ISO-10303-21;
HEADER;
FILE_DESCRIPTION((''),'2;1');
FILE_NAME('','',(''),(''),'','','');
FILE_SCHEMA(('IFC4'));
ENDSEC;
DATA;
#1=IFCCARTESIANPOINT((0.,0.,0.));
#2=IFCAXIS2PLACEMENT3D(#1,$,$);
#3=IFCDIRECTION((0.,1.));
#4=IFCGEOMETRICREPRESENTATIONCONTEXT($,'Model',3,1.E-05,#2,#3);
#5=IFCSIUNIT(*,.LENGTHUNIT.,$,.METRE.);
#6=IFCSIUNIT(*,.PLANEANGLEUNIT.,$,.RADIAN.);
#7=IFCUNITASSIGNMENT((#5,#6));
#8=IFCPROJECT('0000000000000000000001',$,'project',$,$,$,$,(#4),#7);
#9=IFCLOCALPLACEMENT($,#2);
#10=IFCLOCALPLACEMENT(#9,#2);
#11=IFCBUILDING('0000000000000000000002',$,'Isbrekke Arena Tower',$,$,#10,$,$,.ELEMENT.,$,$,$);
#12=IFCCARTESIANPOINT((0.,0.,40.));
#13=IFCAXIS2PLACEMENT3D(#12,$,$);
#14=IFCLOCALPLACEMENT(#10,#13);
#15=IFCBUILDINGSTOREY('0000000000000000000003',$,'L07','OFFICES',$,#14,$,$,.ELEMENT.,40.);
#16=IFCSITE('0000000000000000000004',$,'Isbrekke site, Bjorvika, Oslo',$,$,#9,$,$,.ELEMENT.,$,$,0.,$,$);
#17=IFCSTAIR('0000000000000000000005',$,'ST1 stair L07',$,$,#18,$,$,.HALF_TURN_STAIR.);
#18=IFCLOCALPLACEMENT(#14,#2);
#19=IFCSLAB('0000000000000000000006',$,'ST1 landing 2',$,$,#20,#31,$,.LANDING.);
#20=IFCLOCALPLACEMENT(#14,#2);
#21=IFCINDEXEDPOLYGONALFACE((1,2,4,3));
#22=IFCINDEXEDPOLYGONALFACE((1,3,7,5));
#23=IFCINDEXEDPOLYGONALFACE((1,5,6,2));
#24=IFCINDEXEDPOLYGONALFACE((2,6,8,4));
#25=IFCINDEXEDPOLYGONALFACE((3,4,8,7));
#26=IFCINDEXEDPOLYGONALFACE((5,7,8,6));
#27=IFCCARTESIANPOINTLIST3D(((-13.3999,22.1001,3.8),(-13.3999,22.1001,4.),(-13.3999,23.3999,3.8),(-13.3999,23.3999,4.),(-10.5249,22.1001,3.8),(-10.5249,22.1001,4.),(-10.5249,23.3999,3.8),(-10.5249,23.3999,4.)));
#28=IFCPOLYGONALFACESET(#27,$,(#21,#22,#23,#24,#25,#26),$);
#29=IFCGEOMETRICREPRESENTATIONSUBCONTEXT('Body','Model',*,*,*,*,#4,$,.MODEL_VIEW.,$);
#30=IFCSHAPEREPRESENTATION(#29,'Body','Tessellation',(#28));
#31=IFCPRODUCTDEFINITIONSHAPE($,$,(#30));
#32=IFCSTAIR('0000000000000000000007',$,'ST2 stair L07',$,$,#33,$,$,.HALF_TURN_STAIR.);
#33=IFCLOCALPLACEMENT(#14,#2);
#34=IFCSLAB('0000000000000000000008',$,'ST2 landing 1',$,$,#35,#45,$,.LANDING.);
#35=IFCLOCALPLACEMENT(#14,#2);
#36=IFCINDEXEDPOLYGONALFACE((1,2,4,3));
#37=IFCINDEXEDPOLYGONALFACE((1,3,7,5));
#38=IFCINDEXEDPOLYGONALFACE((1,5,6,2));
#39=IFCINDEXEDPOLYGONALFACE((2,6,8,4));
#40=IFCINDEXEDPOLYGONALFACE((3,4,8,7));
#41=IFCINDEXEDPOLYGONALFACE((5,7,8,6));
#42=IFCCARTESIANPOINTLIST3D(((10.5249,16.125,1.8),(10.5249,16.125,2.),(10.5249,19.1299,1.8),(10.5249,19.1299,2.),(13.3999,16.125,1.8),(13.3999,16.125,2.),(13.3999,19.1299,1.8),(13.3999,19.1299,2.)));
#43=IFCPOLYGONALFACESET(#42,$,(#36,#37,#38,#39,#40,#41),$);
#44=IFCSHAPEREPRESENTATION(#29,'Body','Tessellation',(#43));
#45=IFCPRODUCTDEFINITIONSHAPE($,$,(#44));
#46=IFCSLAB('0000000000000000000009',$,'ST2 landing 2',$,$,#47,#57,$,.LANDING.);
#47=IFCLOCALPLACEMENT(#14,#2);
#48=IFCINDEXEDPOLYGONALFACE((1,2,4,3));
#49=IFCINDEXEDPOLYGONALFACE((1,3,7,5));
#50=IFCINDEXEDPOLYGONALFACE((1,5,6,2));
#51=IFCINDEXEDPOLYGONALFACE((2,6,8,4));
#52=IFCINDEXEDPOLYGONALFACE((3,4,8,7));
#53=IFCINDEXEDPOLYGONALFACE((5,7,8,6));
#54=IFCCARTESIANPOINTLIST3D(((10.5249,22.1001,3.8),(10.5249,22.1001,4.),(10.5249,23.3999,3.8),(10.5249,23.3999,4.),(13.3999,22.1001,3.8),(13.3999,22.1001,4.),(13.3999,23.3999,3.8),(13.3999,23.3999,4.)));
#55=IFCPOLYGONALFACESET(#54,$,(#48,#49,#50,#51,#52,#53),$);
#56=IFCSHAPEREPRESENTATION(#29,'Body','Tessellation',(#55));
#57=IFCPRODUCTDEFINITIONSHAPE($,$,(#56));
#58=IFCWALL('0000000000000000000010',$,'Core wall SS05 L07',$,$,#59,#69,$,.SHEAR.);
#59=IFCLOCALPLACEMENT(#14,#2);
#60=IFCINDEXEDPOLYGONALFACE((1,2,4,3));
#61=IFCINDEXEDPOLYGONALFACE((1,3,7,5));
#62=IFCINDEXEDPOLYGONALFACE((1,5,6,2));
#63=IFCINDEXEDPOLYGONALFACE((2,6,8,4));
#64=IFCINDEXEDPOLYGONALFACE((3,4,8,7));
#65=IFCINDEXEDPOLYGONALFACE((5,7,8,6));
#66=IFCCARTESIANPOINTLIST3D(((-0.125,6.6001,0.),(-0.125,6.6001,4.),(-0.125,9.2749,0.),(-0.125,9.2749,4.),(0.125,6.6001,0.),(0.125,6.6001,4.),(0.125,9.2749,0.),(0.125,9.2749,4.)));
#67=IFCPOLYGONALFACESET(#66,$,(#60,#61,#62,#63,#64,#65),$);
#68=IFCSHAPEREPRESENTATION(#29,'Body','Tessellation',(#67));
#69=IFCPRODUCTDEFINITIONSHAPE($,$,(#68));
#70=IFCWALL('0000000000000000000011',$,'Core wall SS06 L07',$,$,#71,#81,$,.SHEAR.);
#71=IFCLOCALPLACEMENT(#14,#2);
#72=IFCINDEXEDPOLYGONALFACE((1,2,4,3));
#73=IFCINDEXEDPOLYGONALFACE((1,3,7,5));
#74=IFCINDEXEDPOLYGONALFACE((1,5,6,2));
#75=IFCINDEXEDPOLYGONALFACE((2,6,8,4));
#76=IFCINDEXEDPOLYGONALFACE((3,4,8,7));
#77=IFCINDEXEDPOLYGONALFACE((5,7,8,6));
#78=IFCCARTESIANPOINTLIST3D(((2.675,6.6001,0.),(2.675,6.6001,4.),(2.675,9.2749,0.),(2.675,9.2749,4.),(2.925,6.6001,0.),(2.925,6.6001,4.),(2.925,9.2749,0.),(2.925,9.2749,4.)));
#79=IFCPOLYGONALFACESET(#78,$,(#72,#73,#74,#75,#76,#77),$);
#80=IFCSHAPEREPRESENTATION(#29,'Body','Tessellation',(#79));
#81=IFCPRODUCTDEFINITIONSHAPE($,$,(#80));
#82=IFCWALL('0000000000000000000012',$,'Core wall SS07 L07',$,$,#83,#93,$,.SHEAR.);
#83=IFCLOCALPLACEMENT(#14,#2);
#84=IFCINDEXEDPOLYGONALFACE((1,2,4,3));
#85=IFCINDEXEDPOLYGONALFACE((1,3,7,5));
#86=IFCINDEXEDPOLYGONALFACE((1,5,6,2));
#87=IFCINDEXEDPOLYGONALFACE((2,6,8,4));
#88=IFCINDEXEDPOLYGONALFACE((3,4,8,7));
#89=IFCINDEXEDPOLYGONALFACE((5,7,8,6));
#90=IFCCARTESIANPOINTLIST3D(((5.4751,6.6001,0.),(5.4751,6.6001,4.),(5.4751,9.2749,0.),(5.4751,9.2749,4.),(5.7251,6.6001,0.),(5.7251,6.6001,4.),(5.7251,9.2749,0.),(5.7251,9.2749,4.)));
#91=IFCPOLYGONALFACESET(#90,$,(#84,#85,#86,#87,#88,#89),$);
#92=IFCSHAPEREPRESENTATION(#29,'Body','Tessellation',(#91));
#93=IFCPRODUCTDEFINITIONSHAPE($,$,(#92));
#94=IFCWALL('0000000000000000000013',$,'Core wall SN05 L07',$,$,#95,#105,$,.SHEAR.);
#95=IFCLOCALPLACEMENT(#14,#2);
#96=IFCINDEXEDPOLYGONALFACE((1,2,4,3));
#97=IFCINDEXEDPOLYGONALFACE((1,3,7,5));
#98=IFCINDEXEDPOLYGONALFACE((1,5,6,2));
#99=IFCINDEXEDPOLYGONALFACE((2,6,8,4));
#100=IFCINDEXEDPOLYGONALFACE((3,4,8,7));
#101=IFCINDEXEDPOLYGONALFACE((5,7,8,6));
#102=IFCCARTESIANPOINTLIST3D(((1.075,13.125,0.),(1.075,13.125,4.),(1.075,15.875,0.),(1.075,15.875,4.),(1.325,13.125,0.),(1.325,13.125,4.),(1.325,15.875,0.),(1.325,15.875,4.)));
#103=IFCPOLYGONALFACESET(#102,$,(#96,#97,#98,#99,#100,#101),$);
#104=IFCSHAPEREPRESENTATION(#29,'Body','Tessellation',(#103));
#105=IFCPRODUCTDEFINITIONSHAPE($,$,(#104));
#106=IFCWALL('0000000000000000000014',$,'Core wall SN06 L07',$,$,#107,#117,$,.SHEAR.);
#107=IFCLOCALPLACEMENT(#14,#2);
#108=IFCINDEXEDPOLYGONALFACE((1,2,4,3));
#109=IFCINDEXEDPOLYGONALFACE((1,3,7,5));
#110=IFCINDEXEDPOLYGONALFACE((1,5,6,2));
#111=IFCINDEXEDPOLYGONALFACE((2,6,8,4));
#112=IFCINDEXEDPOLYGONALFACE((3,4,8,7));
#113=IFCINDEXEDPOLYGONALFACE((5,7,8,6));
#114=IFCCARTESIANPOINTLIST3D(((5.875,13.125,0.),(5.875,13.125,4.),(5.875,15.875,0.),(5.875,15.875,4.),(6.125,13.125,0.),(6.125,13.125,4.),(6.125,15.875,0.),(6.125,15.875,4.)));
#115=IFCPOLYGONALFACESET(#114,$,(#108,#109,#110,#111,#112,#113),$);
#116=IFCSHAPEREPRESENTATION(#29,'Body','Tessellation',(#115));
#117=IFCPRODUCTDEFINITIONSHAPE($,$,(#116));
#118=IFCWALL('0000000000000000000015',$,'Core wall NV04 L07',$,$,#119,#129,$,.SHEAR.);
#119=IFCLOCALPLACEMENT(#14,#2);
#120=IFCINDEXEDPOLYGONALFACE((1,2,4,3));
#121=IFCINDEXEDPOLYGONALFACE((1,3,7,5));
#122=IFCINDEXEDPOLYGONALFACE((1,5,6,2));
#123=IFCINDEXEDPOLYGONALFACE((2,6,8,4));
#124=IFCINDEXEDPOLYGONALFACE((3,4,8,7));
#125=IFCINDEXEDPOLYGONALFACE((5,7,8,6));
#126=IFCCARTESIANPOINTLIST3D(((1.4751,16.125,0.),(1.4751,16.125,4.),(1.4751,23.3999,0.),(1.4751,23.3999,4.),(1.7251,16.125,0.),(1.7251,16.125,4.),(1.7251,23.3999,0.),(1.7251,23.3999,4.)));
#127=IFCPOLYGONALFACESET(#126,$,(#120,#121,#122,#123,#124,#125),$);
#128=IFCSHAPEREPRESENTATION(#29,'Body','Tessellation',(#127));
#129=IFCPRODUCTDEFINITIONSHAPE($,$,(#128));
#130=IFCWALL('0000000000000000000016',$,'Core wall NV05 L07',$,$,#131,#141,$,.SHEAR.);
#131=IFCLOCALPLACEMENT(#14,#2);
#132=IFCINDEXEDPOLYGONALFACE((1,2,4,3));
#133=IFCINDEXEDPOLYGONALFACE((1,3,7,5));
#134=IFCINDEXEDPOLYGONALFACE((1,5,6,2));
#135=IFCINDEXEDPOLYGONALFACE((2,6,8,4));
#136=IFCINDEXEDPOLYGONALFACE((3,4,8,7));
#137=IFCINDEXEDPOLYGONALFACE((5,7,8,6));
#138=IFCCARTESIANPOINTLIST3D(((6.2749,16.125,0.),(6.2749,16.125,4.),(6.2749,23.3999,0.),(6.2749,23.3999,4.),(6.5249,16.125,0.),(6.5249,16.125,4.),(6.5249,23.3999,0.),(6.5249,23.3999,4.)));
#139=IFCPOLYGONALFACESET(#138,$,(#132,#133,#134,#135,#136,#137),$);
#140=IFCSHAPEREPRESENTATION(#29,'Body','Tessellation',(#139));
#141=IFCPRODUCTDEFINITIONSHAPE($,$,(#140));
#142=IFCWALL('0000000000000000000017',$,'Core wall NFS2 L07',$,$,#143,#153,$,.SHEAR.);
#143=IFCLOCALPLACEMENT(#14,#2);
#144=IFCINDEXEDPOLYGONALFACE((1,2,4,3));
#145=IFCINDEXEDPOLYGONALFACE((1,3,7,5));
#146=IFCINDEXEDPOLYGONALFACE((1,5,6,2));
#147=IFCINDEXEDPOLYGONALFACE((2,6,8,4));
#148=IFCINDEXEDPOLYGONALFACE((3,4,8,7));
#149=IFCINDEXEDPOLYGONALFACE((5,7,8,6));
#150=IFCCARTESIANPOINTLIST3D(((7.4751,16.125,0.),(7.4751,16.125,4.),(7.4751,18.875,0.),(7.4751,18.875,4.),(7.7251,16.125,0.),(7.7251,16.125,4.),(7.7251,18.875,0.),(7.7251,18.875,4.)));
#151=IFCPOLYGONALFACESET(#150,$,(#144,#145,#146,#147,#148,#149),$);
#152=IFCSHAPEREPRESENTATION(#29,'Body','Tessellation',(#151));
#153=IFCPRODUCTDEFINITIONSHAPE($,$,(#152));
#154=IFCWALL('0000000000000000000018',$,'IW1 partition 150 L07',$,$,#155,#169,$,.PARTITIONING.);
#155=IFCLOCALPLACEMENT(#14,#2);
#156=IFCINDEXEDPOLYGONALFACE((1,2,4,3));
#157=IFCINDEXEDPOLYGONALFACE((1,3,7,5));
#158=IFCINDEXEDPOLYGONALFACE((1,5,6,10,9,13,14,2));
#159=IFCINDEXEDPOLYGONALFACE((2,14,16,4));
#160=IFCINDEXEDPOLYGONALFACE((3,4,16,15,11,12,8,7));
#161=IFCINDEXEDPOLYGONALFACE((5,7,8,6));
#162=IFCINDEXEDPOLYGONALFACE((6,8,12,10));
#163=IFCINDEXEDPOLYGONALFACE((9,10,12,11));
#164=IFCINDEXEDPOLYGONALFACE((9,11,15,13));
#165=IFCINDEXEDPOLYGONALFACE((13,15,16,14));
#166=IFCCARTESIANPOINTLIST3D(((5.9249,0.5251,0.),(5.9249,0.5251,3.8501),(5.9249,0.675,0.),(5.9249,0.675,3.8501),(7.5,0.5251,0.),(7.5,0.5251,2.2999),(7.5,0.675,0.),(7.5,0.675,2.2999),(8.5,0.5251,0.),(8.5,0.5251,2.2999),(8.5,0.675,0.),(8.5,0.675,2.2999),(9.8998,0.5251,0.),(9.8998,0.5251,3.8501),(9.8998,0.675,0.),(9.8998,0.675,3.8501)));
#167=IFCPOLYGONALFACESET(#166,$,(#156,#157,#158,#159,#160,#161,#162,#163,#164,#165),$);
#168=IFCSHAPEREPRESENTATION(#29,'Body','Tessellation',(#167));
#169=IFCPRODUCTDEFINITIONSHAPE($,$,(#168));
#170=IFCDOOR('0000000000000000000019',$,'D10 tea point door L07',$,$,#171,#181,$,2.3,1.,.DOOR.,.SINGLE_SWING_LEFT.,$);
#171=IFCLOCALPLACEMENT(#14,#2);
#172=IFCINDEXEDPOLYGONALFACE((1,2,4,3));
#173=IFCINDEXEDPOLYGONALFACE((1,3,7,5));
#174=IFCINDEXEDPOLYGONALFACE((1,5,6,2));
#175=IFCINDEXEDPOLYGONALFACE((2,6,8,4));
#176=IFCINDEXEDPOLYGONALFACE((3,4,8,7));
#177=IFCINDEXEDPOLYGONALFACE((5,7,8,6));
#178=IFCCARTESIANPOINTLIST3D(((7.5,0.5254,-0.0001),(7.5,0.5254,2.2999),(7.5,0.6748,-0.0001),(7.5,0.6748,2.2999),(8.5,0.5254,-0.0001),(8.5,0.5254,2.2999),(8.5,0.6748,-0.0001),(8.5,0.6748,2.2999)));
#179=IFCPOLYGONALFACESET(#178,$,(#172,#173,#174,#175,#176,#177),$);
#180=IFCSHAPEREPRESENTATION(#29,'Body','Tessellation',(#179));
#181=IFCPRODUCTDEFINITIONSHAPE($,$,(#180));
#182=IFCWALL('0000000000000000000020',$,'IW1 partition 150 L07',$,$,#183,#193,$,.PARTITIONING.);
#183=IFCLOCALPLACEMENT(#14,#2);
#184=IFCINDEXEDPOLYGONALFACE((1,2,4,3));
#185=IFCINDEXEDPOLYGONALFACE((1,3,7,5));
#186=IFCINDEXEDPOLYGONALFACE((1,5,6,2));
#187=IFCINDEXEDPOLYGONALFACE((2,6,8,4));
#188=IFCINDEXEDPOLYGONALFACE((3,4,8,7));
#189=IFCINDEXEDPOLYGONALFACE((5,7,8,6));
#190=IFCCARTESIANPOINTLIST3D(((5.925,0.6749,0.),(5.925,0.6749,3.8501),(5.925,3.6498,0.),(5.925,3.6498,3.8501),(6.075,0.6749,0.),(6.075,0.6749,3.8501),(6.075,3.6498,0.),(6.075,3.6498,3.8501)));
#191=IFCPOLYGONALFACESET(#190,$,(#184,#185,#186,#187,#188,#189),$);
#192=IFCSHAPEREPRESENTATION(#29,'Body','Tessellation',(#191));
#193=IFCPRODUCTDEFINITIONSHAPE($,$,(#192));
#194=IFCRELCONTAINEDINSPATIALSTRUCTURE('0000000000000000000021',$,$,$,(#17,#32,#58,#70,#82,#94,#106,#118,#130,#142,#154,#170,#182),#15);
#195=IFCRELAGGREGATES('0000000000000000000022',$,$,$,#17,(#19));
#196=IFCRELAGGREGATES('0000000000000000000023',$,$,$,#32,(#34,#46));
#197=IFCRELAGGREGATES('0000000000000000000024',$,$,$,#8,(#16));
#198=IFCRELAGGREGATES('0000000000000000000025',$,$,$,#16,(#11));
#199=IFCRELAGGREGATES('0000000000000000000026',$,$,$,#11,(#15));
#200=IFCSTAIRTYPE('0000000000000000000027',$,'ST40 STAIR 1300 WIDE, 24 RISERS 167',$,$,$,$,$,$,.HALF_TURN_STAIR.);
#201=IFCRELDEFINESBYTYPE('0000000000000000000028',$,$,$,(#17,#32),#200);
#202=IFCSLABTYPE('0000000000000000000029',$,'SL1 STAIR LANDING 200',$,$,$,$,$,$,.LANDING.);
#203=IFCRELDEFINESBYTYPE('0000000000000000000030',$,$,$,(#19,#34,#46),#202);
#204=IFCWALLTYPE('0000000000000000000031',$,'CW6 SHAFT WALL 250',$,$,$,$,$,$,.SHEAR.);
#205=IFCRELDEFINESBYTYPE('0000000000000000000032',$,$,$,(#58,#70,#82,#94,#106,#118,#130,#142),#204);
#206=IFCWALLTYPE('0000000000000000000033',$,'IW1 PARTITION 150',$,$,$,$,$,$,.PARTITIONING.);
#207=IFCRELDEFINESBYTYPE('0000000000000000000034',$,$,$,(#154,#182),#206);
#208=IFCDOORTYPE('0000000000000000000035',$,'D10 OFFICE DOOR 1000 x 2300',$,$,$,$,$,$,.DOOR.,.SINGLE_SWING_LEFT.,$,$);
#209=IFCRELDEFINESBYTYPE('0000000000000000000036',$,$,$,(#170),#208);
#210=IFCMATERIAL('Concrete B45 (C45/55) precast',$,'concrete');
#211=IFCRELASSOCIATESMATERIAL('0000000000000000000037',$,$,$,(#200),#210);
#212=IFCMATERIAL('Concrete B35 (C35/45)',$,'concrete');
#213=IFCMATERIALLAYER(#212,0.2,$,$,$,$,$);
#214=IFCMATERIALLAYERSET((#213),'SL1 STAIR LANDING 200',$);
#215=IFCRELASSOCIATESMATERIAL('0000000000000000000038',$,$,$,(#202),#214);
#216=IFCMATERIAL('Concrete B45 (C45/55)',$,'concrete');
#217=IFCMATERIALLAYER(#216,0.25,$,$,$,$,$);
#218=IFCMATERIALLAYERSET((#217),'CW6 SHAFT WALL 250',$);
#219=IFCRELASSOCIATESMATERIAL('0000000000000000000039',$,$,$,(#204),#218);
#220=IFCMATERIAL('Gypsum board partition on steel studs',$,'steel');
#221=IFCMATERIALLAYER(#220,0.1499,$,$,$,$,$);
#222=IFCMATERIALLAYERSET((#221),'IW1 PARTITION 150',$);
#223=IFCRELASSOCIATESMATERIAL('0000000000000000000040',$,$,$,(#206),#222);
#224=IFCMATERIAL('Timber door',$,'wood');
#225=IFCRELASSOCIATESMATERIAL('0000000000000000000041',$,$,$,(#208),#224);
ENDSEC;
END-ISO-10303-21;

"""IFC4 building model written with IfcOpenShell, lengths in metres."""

from ifc_helpers import new_model, si_unit, direction, frame, frame_2d, origin, place, context, subcontext, project, spatial, polyline, rectangle, outline, extrude, material, layer, layer_set, type_object, element, fill, aggregate, save


model = new_model("IFC4")

# Units and contexts
model_context = context("Model", 3, precision=1e-05, world=origin(), true_north=direction((0.0, 1.0)))
body_context = subcontext(model_context, "Body", "Model", "MODEL_VIEW")
ifc_project = project(units=[si_unit("LENGTHUNIT", "METRE"), si_unit("PLANEANGLEUNIT", "RADIAN")], contexts=[model_context])

# Site, building, storey
site_placement = place(None, origin())
site = spatial("IfcSite", under=ifc_project, at=site_placement, Name="Isbrekke site, Bjorvika, Oslo", CompositionType="ELEMENT", RefElevation=0.0)
building_placement = place(site_placement, origin())
building = spatial("IfcBuilding", under=site, at=building_placement, Name="Isbrekke Arena Tower", CompositionType="ELEMENT")
storey_placement = place(building_placement, frame((0.0, 0.0, 40.0)))
storey = spatial("IfcBuildingStorey", under=building, at=storey_placement, Name="L07", Description="OFFICES", CompositionType="ELEMENT", Elevation=40.0)

# Stair, slab
ifc_material_1 = material(Name="Concrete B45 (C45/55) precast", Category="concrete")
stair_type = type_object("IfcStairType", Name="ST40 STAIR 1300 WIDE, 24 RISERS 167", PredefinedType="HALF_TURN_STAIR", material=ifc_material_1)
stair_1_placement = place(storey_placement, origin())
stair_1 = element("IfcStair", 1, at=stair_1_placement, inside=storey, type_object=stair_type, Name="ST1 stair L07", PredefinedType="HALF_TURN_STAIR")
ifc_material_2 = material(Name="Concrete B35 (C35/45)", Category="concrete")
ifc_layer_1 = layer(ifc_material_2, 0.2)
ifc_layer_set_1 = layer_set([ifc_layer_1], Name="SL1 STAIR LANDING 200")
slab_type = type_object("IfcSlabType", Name="SL1 STAIR LANDING 200", PredefinedType="LANDING", material=ifc_layer_set_1)
slab_1_placement = place(storey_placement, frame((0.0, 0.0, 3.8)))
slab_1 = element("IfcSlab", 2, at=slab_1_placement, type_object=slab_type, Name="ST1 landing 2", PredefinedType="LANDING", context=body_context, shape_type="SweptSolid", body=[
    extrude(outline(polyline([(-13.3999, 22.1001), (-10.5249, 22.1001), (-10.5249, 23.3999), (-13.3999, 23.3999), (-13.3999, 22.1001)])), origin(), (0.0, 0.0, 1.0), 0.2),
])
aggregate(stair_1, [slab_1])

# Stair, slabs
stair_2_placement = place(storey_placement, origin())
stair_2 = element("IfcStair", 3, at=stair_2_placement, inside=storey, type_object=stair_type, Name="ST2 stair L07", PredefinedType="HALF_TURN_STAIR")
slab_2_placement = place(storey_placement, frame((0.0, 0.0, 1.8)))
slab_2 = element("IfcSlab", 4, at=slab_2_placement, type_object=slab_type, Name="ST2 landing 1", PredefinedType="LANDING", context=body_context, shape_type="SweptSolid", body=[
    extrude(outline(polyline([(10.5249, 16.125), (13.3999, 16.125), (13.3999, 19.1299), (10.5249, 19.1299), (10.5249, 16.125)])), origin(), (0.0, 0.0, 1.0), 0.2),
])
slab_3_placement = place(storey_placement, frame((0.0, 0.0, 3.8)))
slab_3 = element("IfcSlab", 5, at=slab_3_placement, type_object=slab_type, Name="ST2 landing 2", PredefinedType="LANDING", context=body_context, shape_type="SweptSolid", body=[
    extrude(outline(polyline([(10.5249, 22.1001), (13.3999, 22.1001), (13.3999, 23.3999), (10.5249, 23.3999), (10.5249, 22.1001)])), origin(), (0.0, 0.0, 1.0), 0.2),
])
aggregate(stair_2, [slab_2, slab_3])

# Walls
ifc_material_3 = material(Name="Concrete B45 (C45/55)", Category="concrete")
ifc_layer_2 = layer(ifc_material_3, 0.25)
ifc_layer_set_2 = layer_set([ifc_layer_2], Name="CW6 SHAFT WALL 250")
wall_type_1 = type_object("IfcWallType", Name="CW6 SHAFT WALL 250", PredefinedType="SHEAR", material=ifc_layer_set_2)
for number, where, z_axis, x_axis, name in (
    (6, (0.0, 6.6001, 0.0), (0.0, 0.0, 1.0), (0.0, 1.0, 0.0), "Core wall SS05 L07"),
    (7, (2.8, 6.6001, 0.0), (0.0, 0.0, 1.0), (0.0, 1.0, 0.0), "Core wall SS06 L07"),
    (8, (5.6001, 6.6001, 0.0), (0.0, 0.0, 1.0), (0.0, 1.0, 0.0), "Core wall SS07 L07"),
):
    element("IfcWall", number, at=place(storey_placement, frame(where, z_axis=z_axis, x_axis=x_axis)), inside=storey, type_object=wall_type_1, Name=name, PredefinedType="SHEAR", context=body_context, shape_type="SweptSolid", body=[
        extrude(rectangle(XDim=2.6748, YDim=0.25, at=frame_2d((1.3374, 0.0))), origin(), (0.0, 0.0, 1.0), 4.0),
    ])
for number, where, z_axis, x_axis, name in (
    (9, (1.2, 13.125, 0.0), (0.0, 0.0, 1.0), (0.0, 1.0, 0.0), "Core wall SN05 L07"),
    (10, (6.0, 13.125, 0.0), (0.0, 0.0, 1.0), (0.0, 1.0, 0.0), "Core wall SN06 L07"),
):
    element("IfcWall", number, at=place(storey_placement, frame(where, z_axis=z_axis, x_axis=x_axis)), inside=storey, type_object=wall_type_1, Name=name, PredefinedType="SHEAR", context=body_context, shape_type="SweptSolid", body=[
        extrude(rectangle(XDim=2.75, YDim=0.25, at=frame_2d((1.375, 0.0))), origin(), (0.0, 0.0, 1.0), 4.0),
    ])
for number, where, z_axis, x_axis, name in (
    (11, (1.6001, 16.125, 0.0), (0.0, 0.0, 1.0), (0.0, 1.0, 0.0), "Core wall NV04 L07"),
    (12, (6.3999, 16.125, 0.0), (0.0, 0.0, 1.0), (0.0, 1.0, 0.0), "Core wall NV05 L07"),
):
    element("IfcWall", number, at=place(storey_placement, frame(where, z_axis=z_axis, x_axis=x_axis)), inside=storey, type_object=wall_type_1, Name=name, PredefinedType="SHEAR", context=body_context, shape_type="SweptSolid", body=[
        extrude(rectangle(XDim=7.2749, YDim=0.25, at=frame_2d((3.6375, 0.0))), origin(), (0.0, 0.0, 1.0), 4.0),
    ])
wall_1_placement = place(storey_placement, frame((7.6001, 16.125, 0.0), z_axis=(0.0, 0.0, 1.0), x_axis=(0.0, 1.0, 0.0)))
element("IfcWall", 13, at=wall_1_placement, inside=storey, type_object=wall_type_1, Name="Core wall NFS2 L07", PredefinedType="SHEAR", context=body_context, shape_type="SweptSolid", body=[
    extrude(rectangle(XDim=2.75, YDim=0.25, at=frame_2d((1.375, 0.0))), origin(), (0.0, 0.0, 1.0), 4.0),
])

# Wall, opening, door
ifc_material_4 = material(Name="Gypsum board partition on steel studs", Category="steel")
ifc_layer_3 = layer(ifc_material_4, 0.1499)
ifc_layer_set_3 = layer_set([ifc_layer_3], Name="IW1 PARTITION 150")
wall_type_2 = type_object("IfcWallType", Name="IW1 PARTITION 150", PredefinedType="PARTITIONING", material=ifc_layer_set_3)
wall_2_placement = place(storey_placement, frame((5.925, 0.6001, 0.0), z_axis=(0.0, 0.0, 1.0), x_axis=(1.0, 0.0, 0.0)))
wall_2 = element("IfcWall", 14, at=wall_2_placement, inside=storey, type_object=wall_type_2, Name="IW1 partition 150 L07", PredefinedType="PARTITIONING", context=body_context, shape_type="SweptSolid", body=[
    extrude(rectangle(XDim=3.9749, YDim=0.1499, at=frame_2d((1.9873, 0.0))), origin(), (0.0, 0.0, 1.0), 3.8501),
])
opening_placement = place(wall_2_placement, frame((1.575, 0.0, 0.0)))
opening = element("IfcOpeningElement", 15, at=opening_placement, cuts=wall_2, PredefinedType="OPENING", context=body_context, shape_type="SweptSolid", body=[
    extrude(rectangle(XDim=1.0, YDim=2.3, at=frame_2d((0.5, 1.1499))), frame((0.0, 0.0898, 0.0), z_axis=(0.0, -1.0, 0.0), x_axis=(1.0, 0.0, 0.0)), (0.0, 0.0, 1.0), 0.1797),
])
ifc_material_5 = material(Name="Timber door", Category="wood")
door_type = type_object("IfcDoorType", Name="D10 OFFICE DOOR 1000 x 2300", OperationType="SINGLE_SWING_LEFT", PredefinedType="DOOR", material=ifc_material_5)
door_placement = place(opening_placement, origin())
door = element("IfcDoor", 16, at=door_placement, inside=storey, type_object=door_type, Name="D10 tea point door L07", OperationType="SINGLE_SWING_LEFT", OverallHeight=2.3, OverallWidth=1.0, PredefinedType="DOOR", context=body_context, shape_type="SweptSolid", body=[
    extrude(rectangle(XDim=1.0, YDim=2.3, at=frame_2d((0.5, 1.1499))), frame((0.0, 0.0747, 0.0), z_axis=(0.0, -1.0, 0.0), x_axis=(1.0, 0.0, 0.0)), (0.0, 0.0, 1.0), 0.1494),
])
fill(opening, door)

# Wall
wall_3_placement = place(storey_placement, frame((6.0, 0.675, 0.0), z_axis=(0.0, 0.0, 1.0), x_axis=(0.0, 1.0, 0.0)))
element("IfcWall", 17, at=wall_3_placement, inside=storey, type_object=wall_type_2, Name="IW1 partition 150 L07", PredefinedType="PARTITIONING", context=body_context, shape_type="SweptSolid", body=[
    extrude(rectangle(XDim=2.9749, YDim=0.1499, at=frame_2d((1.4873, 0.0))), origin(), (0.0, 0.0, 1.0), 3.8501),
])

save(model, "model.ifc")
